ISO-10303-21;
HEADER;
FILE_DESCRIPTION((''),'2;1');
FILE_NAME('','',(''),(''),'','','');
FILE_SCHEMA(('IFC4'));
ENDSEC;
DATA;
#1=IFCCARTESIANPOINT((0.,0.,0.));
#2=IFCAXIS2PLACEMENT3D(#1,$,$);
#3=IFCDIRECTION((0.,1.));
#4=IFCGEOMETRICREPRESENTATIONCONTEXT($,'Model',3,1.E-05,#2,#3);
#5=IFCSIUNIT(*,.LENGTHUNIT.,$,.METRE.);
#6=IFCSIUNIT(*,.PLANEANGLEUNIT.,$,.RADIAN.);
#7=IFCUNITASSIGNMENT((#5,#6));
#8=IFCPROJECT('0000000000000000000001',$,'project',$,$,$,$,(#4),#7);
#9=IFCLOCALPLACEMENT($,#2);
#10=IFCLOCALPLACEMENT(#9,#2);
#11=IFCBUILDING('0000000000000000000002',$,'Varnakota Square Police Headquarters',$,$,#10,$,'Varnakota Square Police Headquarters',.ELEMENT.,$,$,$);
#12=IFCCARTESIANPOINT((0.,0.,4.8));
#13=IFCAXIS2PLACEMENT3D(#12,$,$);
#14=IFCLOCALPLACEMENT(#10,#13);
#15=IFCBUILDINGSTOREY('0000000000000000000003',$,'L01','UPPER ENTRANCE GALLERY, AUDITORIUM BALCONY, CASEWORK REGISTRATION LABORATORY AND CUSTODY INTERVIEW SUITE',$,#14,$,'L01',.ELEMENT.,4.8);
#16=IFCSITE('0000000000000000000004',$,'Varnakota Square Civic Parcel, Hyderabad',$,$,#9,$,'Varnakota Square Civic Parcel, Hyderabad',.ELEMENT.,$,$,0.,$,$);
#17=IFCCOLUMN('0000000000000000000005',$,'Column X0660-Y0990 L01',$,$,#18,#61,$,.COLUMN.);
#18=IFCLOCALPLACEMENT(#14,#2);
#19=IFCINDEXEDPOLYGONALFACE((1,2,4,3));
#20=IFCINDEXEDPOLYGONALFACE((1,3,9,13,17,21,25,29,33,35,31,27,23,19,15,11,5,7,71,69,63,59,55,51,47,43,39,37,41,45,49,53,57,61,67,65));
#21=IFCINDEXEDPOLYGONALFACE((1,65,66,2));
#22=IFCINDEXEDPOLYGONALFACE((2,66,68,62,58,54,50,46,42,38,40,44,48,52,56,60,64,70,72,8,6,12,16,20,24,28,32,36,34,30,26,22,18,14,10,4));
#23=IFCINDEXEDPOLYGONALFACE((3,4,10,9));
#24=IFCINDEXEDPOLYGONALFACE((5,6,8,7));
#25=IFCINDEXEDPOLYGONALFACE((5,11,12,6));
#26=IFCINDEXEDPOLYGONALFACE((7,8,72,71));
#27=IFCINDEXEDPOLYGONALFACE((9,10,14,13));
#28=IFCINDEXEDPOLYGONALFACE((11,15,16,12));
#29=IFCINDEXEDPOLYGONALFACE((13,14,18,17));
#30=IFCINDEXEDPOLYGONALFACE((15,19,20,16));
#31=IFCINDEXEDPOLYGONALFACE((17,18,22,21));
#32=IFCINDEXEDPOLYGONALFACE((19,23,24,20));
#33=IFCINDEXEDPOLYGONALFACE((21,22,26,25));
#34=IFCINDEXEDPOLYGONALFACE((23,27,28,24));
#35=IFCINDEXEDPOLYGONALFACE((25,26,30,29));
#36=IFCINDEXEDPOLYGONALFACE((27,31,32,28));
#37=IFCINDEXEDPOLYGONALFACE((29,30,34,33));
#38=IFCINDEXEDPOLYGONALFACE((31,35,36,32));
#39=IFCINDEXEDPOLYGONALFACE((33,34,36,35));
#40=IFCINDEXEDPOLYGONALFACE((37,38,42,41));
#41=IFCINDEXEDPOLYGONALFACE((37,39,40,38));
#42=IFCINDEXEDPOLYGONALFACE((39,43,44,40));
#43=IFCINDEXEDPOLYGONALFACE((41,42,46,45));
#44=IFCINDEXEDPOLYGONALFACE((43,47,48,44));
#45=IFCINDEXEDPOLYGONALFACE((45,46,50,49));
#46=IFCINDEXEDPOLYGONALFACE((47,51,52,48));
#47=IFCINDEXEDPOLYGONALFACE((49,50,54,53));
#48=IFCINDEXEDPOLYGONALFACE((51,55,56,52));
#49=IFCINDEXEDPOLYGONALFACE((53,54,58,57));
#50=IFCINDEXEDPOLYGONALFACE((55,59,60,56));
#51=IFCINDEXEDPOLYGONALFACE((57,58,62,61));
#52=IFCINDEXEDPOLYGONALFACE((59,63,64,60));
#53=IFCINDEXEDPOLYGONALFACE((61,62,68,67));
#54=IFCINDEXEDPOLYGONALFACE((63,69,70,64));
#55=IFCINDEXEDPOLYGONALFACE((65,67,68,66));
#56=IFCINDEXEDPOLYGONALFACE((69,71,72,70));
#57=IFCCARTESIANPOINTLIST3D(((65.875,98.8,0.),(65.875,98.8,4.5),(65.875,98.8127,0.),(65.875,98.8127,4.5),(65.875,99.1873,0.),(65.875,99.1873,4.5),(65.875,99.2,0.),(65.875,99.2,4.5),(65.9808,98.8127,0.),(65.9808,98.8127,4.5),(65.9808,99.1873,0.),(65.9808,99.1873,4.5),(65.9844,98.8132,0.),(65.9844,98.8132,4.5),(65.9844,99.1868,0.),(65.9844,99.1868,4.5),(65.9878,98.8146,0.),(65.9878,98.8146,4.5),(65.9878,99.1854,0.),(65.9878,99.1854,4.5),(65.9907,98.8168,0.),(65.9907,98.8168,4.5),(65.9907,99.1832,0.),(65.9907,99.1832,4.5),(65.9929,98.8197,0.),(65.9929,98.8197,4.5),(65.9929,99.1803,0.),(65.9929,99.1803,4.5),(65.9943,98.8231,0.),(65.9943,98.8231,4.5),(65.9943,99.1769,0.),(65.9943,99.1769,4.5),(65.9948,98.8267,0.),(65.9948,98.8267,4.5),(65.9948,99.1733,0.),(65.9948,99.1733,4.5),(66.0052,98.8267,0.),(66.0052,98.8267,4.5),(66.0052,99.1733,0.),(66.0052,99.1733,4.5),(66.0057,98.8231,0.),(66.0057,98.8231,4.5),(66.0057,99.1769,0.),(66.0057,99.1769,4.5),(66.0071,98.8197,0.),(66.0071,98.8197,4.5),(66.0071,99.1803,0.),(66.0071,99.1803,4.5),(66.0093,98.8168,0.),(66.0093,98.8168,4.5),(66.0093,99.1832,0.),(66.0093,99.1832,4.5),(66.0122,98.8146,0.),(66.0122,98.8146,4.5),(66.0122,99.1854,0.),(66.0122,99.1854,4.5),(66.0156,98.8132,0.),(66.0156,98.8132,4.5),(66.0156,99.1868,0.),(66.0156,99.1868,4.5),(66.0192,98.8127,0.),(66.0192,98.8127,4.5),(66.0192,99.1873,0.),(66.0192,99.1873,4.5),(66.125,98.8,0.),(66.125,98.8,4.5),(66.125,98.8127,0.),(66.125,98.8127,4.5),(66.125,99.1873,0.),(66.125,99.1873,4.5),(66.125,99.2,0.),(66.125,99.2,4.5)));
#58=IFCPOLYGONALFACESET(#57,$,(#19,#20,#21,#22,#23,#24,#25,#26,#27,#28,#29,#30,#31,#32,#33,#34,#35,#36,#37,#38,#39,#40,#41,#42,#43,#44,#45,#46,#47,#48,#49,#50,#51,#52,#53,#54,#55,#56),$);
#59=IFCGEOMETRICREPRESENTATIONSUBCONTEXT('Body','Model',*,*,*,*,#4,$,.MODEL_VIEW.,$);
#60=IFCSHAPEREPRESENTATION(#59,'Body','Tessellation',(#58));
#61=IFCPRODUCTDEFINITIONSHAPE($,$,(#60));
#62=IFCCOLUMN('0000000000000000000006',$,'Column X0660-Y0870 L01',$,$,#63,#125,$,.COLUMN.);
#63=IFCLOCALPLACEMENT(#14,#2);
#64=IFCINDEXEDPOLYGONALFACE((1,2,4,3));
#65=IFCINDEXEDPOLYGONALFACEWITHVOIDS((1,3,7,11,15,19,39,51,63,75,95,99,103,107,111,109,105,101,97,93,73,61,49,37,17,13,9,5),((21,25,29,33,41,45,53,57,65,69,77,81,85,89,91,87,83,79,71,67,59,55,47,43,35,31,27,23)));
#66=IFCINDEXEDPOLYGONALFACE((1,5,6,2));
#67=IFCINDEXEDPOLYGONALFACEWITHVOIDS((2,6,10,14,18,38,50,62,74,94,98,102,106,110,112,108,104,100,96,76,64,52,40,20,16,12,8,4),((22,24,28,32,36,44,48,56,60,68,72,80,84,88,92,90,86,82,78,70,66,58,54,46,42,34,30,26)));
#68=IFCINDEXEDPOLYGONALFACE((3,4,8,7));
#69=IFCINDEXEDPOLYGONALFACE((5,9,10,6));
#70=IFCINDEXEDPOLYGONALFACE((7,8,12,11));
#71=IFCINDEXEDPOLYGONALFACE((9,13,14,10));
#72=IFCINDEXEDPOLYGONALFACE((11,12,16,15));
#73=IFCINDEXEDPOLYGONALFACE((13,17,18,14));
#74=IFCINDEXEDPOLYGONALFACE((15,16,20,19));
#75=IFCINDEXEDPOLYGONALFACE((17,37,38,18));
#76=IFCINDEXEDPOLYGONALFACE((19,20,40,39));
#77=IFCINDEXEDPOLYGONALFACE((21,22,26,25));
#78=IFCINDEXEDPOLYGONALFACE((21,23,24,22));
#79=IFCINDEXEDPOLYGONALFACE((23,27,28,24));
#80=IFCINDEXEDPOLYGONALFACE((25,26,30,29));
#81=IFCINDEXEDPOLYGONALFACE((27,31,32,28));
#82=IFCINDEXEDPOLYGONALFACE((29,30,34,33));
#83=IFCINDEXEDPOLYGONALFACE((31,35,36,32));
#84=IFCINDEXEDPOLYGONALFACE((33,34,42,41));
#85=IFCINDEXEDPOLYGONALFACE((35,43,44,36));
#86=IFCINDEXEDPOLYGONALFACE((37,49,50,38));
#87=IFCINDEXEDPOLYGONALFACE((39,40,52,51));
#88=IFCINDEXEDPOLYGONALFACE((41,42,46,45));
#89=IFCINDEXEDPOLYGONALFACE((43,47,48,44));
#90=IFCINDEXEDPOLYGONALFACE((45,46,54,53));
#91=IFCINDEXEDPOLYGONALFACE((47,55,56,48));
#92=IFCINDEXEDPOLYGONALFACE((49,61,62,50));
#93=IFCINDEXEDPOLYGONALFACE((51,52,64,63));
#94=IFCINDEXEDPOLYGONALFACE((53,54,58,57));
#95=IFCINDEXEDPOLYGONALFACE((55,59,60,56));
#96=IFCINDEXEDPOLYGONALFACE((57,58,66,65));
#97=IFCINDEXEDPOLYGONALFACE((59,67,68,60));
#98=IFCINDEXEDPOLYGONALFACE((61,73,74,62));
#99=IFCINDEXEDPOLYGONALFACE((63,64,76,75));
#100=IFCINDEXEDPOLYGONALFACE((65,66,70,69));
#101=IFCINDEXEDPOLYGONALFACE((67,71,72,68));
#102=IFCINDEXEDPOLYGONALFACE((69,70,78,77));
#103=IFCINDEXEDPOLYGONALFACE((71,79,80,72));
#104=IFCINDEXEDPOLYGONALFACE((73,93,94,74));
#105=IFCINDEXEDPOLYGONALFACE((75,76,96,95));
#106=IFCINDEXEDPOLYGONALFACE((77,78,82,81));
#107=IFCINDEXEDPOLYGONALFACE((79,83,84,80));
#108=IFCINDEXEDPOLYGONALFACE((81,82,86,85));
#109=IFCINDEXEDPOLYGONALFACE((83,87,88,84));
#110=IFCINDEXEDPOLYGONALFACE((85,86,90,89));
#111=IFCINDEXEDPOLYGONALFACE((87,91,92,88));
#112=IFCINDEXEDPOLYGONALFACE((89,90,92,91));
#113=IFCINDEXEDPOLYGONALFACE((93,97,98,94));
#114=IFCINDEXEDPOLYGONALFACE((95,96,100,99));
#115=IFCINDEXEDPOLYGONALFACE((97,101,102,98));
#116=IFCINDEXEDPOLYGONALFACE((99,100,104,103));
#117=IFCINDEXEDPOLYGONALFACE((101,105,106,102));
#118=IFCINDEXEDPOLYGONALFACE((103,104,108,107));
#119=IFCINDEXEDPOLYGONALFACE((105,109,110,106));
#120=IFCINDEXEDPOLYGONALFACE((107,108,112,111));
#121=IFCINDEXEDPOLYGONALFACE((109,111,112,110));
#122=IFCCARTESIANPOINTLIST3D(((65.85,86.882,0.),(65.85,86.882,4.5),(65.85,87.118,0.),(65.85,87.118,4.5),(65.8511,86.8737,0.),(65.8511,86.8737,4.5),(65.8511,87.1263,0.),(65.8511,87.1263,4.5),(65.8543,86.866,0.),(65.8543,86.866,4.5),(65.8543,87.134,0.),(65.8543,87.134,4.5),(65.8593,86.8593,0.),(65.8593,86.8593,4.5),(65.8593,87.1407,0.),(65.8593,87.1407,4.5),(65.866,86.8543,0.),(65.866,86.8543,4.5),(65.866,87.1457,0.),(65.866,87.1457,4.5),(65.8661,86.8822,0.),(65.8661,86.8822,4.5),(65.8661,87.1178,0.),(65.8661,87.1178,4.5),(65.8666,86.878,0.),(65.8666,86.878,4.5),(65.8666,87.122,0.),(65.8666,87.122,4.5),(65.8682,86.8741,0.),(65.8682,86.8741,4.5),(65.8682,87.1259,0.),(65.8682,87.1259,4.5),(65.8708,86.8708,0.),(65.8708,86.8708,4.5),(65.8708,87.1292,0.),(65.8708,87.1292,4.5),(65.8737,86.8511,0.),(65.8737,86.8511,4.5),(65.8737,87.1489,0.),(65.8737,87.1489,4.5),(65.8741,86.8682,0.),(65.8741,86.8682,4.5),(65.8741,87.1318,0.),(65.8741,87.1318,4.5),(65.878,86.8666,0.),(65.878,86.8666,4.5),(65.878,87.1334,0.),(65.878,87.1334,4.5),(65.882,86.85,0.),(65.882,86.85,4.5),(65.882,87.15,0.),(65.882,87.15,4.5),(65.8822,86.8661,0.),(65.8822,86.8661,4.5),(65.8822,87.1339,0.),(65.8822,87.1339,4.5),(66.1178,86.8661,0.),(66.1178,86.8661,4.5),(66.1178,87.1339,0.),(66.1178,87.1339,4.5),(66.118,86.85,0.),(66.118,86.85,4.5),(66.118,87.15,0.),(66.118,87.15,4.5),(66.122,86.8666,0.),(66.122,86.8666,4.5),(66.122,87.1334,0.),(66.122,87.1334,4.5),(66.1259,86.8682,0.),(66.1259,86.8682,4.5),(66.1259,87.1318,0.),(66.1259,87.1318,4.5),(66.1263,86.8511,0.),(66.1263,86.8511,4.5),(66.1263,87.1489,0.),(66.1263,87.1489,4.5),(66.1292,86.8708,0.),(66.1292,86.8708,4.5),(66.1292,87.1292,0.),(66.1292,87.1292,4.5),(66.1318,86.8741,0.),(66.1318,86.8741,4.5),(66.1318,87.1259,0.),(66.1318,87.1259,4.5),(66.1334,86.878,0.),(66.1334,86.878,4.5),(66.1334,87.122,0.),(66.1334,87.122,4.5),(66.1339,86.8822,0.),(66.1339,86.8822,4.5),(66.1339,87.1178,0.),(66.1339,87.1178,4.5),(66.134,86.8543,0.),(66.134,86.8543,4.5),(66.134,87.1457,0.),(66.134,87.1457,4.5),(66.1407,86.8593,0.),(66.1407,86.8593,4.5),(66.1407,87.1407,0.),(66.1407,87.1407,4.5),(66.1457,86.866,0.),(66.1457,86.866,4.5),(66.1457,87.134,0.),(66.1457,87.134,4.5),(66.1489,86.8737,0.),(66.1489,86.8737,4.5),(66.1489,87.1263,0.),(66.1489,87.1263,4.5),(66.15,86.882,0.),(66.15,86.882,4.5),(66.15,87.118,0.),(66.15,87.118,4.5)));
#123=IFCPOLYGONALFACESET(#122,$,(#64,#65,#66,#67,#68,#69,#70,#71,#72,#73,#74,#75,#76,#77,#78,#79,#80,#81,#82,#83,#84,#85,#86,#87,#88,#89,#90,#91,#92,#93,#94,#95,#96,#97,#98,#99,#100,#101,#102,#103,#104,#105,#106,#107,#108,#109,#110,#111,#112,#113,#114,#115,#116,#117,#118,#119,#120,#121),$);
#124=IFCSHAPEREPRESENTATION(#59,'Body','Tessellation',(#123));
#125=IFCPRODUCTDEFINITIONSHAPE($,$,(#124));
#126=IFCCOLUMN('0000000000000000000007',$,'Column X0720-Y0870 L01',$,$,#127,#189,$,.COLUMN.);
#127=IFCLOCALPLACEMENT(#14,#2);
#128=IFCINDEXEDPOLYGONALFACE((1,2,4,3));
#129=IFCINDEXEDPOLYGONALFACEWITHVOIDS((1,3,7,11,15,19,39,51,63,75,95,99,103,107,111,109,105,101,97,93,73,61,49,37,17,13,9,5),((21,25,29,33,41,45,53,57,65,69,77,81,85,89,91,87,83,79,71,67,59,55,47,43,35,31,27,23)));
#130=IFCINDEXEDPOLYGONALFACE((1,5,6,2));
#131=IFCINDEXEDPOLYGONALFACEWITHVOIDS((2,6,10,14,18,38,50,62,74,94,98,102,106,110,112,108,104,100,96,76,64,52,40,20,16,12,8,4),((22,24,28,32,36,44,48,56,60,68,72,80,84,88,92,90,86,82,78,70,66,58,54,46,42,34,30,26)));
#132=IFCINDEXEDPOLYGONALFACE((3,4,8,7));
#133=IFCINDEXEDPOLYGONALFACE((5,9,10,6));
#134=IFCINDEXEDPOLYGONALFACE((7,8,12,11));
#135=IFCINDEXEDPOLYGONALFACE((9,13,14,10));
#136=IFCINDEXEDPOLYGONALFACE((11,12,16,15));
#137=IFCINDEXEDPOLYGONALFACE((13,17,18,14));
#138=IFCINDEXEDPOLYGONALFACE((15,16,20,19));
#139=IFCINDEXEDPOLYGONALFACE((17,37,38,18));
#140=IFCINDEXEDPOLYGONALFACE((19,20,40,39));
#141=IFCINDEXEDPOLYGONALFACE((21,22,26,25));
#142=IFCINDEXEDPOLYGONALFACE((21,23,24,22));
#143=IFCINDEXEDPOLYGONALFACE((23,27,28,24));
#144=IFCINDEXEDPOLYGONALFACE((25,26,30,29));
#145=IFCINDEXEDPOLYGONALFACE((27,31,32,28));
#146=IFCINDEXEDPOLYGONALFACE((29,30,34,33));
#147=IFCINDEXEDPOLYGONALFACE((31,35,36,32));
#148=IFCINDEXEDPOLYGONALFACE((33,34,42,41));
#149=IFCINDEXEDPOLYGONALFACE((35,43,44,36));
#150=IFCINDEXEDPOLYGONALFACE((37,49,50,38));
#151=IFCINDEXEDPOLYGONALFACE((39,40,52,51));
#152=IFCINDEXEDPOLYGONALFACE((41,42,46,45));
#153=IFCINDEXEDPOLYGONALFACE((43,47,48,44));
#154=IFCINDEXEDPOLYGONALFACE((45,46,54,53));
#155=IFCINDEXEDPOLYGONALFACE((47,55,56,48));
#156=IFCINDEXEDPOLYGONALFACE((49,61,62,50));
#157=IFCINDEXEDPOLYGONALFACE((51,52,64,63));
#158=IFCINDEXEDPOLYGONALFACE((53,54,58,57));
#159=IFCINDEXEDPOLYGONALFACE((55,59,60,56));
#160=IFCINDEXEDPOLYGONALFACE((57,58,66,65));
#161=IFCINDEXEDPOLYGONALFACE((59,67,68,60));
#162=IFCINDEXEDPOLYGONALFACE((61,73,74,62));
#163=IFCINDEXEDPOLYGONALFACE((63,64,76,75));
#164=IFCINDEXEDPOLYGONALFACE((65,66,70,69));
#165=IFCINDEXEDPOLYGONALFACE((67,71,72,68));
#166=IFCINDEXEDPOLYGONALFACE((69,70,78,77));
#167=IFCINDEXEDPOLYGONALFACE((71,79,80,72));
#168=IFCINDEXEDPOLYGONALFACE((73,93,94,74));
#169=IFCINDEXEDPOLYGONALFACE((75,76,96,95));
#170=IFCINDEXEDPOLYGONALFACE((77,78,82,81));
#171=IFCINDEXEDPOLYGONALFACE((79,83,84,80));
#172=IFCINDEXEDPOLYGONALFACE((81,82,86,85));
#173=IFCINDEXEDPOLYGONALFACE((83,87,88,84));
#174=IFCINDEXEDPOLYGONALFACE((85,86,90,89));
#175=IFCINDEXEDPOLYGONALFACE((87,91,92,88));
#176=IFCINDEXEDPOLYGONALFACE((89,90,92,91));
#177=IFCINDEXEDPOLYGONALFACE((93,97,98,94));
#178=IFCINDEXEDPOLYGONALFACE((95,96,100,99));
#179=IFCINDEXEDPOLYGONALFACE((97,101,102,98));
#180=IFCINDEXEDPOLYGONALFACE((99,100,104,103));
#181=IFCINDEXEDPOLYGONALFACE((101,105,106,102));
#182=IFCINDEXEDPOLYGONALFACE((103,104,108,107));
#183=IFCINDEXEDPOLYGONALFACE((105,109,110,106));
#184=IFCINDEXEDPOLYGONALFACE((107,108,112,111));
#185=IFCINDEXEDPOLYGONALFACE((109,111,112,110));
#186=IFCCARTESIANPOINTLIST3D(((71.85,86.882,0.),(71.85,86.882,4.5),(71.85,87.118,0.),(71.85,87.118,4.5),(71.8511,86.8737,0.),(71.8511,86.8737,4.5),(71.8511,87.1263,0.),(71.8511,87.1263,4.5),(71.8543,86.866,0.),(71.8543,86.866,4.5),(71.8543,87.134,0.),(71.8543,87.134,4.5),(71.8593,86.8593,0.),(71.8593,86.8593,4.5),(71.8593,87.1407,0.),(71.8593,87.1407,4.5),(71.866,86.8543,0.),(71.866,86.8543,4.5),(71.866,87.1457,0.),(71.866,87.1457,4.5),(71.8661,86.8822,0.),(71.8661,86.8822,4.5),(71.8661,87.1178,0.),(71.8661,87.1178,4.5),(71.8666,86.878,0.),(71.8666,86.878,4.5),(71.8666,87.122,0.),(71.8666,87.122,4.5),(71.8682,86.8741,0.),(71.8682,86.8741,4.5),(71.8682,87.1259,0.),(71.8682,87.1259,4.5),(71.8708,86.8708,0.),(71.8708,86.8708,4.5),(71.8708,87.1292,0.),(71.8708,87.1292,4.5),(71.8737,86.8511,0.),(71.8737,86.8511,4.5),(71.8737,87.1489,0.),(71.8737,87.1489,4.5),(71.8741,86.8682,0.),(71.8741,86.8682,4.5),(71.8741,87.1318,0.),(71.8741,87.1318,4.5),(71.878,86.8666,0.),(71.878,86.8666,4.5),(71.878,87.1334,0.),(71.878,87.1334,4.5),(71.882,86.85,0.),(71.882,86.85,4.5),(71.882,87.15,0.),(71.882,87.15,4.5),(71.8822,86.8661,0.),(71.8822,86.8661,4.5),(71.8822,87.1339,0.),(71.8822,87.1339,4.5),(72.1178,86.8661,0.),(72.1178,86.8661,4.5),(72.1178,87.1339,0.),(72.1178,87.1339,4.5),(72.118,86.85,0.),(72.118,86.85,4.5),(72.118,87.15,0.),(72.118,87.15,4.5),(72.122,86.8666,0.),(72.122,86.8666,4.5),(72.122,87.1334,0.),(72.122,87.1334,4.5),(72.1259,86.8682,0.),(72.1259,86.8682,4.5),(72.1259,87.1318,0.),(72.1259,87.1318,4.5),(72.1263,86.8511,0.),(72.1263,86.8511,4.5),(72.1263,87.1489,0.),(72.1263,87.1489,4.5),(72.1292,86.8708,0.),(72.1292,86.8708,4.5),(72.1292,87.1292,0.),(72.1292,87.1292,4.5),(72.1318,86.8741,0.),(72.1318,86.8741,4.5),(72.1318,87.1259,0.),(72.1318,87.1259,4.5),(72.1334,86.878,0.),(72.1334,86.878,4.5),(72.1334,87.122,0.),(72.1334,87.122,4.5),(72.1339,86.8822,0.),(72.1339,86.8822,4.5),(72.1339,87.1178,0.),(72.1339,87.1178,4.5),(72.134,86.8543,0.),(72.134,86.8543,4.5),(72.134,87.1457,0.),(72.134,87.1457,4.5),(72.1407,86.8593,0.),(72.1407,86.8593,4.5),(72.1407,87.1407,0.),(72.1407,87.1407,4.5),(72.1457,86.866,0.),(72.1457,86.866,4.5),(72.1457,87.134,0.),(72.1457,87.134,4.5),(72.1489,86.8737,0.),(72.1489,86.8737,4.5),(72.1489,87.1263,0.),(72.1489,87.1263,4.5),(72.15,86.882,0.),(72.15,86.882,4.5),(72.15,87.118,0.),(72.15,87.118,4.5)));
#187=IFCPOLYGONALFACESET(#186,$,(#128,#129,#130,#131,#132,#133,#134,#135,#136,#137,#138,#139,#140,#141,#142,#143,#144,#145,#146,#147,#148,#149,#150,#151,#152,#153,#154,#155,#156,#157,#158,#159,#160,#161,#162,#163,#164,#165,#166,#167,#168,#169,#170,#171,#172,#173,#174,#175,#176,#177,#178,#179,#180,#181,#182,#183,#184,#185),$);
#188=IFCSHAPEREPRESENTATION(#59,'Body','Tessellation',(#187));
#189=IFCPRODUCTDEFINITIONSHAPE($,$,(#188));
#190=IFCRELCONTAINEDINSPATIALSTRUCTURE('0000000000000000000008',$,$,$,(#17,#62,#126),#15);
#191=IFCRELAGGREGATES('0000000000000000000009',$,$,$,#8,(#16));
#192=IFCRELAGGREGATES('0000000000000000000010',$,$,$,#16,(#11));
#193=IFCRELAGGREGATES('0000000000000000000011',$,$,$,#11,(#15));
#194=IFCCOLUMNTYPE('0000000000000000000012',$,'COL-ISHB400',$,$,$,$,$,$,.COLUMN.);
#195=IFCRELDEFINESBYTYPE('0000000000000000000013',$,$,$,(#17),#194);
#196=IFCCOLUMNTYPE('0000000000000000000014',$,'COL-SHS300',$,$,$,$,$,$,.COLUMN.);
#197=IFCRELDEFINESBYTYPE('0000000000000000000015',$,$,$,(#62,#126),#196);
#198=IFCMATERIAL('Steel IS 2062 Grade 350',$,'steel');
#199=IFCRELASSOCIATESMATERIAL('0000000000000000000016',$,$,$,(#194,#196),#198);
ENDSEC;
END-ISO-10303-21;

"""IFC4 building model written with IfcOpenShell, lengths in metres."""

from ifc_helpers import new_model, si_unit, direction, frame, origin, origin_2d, place, context, subcontext, project, spatial, hollow_rectangle, i_section, extrude, material, material_profile, profile_set, type_object, element, save


model = new_model("IFC4")

# Units and contexts
model_context = context("Model", 3, precision=1e-05, world=origin(), true_north=direction((0.0, 1.0)))
body_context = subcontext(model_context, "Body", "Model", "MODEL_VIEW")
ifc_project = project(units=[si_unit("LENGTHUNIT", "METRE"), si_unit("PLANEANGLEUNIT", "RADIAN")], contexts=[model_context])

# Site, building, storey
site_placement = place(None, origin())
site = spatial("IfcSite", under=ifc_project, at=site_placement, Name="Varnakota Square Civic Parcel, Hyderabad", LongName="Varnakota Square Civic Parcel, Hyderabad", CompositionType="ELEMENT", RefElevation=0.0)
building_placement = place(site_placement, origin())
building = spatial("IfcBuilding", under=site, at=building_placement, Name="Varnakota Square Police Headquarters", LongName="Varnakota Square Police Headquarters", CompositionType="ELEMENT")
storey_placement = place(building_placement, frame((0.0, 0.0, 4.8)))
storey = spatial("IfcBuildingStorey", under=building, at=storey_placement, Name="L01", Description="UPPER ENTRANCE GALLERY, AUDITORIUM BALCONY, CASEWORK REGISTRATION LABORATORY AND CUSTODY INTERVIEW SUITE", LongName="L01", CompositionType="ELEMENT", Elevation=4.8)

# Columns
ifc_material_1 = material(Name="Steel IS 2062 Grade 350", Category="steel")
ifc_material_profile_1 = material_profile(ifc_material_1, i_section(OverallWidth=0.25, OverallDepth=0.3999, WebThickness=0.0105, FlangeThickness=0.0127, FilletRadius=0.0139, at=origin_2d()), Name="ISHB 400")
ifc_profile_set_1 = profile_set([ifc_material_profile_1], Name="Steel IS 2062 Grade 350")
column_type_1 = type_object("IfcColumnType", Name="COL-ISHB400", PredefinedType="COLUMN", material=ifc_profile_set_1)
column_placement = place(storey_placement, frame((66.0, 99.0, 0.0), z_axis=(0.0, 0.0, 1.0), x_axis=(1.0, 0.0, 0.0)))
element("IfcColumn", 1, at=column_placement, inside=storey, type_object=column_type_1, Name="Column X0660-Y0990 L01", PredefinedType="COLUMN", context=body_context, shape_type="SweptSolid", body=[
    extrude(i_section(OverallWidth=0.25, OverallDepth=0.3999, WebThickness=0.0105, FlangeThickness=0.0127, FilletRadius=0.0139, at=origin_2d()), origin(), (0.0, 0.0, 1.0), 4.5),
])
ifc_material_profile_2 = material_profile(ifc_material_1, hollow_rectangle(XDim=0.3, YDim=0.3, WallThickness=0.0161, InnerFilletRadius=0.0161, OuterFilletRadius=0.032, at=origin_2d()), Name="SHS 300x300x16")
ifc_profile_set_2 = profile_set([ifc_material_profile_2], Name="Steel IS 2062 Grade 350")
column_type_2 = type_object("IfcColumnType", Name="COL-SHS300", PredefinedType="COLUMN", material=ifc_profile_set_2)
for number, where, z_axis, x_axis, name in (
    (2, (66.0, 87.0, 0.0), (0.0, 0.0, 1.0), (1.0, 0.0, 0.0), "Column X0660-Y0870 L01"),
    (3, (72.0, 87.0, 0.0), (0.0, 0.0, 1.0), (1.0, 0.0, 0.0), "Column X0720-Y0870 L01"),
):
    element("IfcColumn", number, at=place(storey_placement, frame(where, z_axis=z_axis, x_axis=x_axis)), inside=storey, type_object=column_type_2, Name=name, PredefinedType="COLUMN", context=body_context, shape_type="SweptSolid", body=[
        extrude(hollow_rectangle(XDim=0.3, YDim=0.3, WallThickness=0.0161, InnerFilletRadius=0.0161, OuterFilletRadius=0.032, at=origin_2d()), origin(), (0.0, 0.0, 1.0), 4.5),
    ])

save(model, "model.ifc")
